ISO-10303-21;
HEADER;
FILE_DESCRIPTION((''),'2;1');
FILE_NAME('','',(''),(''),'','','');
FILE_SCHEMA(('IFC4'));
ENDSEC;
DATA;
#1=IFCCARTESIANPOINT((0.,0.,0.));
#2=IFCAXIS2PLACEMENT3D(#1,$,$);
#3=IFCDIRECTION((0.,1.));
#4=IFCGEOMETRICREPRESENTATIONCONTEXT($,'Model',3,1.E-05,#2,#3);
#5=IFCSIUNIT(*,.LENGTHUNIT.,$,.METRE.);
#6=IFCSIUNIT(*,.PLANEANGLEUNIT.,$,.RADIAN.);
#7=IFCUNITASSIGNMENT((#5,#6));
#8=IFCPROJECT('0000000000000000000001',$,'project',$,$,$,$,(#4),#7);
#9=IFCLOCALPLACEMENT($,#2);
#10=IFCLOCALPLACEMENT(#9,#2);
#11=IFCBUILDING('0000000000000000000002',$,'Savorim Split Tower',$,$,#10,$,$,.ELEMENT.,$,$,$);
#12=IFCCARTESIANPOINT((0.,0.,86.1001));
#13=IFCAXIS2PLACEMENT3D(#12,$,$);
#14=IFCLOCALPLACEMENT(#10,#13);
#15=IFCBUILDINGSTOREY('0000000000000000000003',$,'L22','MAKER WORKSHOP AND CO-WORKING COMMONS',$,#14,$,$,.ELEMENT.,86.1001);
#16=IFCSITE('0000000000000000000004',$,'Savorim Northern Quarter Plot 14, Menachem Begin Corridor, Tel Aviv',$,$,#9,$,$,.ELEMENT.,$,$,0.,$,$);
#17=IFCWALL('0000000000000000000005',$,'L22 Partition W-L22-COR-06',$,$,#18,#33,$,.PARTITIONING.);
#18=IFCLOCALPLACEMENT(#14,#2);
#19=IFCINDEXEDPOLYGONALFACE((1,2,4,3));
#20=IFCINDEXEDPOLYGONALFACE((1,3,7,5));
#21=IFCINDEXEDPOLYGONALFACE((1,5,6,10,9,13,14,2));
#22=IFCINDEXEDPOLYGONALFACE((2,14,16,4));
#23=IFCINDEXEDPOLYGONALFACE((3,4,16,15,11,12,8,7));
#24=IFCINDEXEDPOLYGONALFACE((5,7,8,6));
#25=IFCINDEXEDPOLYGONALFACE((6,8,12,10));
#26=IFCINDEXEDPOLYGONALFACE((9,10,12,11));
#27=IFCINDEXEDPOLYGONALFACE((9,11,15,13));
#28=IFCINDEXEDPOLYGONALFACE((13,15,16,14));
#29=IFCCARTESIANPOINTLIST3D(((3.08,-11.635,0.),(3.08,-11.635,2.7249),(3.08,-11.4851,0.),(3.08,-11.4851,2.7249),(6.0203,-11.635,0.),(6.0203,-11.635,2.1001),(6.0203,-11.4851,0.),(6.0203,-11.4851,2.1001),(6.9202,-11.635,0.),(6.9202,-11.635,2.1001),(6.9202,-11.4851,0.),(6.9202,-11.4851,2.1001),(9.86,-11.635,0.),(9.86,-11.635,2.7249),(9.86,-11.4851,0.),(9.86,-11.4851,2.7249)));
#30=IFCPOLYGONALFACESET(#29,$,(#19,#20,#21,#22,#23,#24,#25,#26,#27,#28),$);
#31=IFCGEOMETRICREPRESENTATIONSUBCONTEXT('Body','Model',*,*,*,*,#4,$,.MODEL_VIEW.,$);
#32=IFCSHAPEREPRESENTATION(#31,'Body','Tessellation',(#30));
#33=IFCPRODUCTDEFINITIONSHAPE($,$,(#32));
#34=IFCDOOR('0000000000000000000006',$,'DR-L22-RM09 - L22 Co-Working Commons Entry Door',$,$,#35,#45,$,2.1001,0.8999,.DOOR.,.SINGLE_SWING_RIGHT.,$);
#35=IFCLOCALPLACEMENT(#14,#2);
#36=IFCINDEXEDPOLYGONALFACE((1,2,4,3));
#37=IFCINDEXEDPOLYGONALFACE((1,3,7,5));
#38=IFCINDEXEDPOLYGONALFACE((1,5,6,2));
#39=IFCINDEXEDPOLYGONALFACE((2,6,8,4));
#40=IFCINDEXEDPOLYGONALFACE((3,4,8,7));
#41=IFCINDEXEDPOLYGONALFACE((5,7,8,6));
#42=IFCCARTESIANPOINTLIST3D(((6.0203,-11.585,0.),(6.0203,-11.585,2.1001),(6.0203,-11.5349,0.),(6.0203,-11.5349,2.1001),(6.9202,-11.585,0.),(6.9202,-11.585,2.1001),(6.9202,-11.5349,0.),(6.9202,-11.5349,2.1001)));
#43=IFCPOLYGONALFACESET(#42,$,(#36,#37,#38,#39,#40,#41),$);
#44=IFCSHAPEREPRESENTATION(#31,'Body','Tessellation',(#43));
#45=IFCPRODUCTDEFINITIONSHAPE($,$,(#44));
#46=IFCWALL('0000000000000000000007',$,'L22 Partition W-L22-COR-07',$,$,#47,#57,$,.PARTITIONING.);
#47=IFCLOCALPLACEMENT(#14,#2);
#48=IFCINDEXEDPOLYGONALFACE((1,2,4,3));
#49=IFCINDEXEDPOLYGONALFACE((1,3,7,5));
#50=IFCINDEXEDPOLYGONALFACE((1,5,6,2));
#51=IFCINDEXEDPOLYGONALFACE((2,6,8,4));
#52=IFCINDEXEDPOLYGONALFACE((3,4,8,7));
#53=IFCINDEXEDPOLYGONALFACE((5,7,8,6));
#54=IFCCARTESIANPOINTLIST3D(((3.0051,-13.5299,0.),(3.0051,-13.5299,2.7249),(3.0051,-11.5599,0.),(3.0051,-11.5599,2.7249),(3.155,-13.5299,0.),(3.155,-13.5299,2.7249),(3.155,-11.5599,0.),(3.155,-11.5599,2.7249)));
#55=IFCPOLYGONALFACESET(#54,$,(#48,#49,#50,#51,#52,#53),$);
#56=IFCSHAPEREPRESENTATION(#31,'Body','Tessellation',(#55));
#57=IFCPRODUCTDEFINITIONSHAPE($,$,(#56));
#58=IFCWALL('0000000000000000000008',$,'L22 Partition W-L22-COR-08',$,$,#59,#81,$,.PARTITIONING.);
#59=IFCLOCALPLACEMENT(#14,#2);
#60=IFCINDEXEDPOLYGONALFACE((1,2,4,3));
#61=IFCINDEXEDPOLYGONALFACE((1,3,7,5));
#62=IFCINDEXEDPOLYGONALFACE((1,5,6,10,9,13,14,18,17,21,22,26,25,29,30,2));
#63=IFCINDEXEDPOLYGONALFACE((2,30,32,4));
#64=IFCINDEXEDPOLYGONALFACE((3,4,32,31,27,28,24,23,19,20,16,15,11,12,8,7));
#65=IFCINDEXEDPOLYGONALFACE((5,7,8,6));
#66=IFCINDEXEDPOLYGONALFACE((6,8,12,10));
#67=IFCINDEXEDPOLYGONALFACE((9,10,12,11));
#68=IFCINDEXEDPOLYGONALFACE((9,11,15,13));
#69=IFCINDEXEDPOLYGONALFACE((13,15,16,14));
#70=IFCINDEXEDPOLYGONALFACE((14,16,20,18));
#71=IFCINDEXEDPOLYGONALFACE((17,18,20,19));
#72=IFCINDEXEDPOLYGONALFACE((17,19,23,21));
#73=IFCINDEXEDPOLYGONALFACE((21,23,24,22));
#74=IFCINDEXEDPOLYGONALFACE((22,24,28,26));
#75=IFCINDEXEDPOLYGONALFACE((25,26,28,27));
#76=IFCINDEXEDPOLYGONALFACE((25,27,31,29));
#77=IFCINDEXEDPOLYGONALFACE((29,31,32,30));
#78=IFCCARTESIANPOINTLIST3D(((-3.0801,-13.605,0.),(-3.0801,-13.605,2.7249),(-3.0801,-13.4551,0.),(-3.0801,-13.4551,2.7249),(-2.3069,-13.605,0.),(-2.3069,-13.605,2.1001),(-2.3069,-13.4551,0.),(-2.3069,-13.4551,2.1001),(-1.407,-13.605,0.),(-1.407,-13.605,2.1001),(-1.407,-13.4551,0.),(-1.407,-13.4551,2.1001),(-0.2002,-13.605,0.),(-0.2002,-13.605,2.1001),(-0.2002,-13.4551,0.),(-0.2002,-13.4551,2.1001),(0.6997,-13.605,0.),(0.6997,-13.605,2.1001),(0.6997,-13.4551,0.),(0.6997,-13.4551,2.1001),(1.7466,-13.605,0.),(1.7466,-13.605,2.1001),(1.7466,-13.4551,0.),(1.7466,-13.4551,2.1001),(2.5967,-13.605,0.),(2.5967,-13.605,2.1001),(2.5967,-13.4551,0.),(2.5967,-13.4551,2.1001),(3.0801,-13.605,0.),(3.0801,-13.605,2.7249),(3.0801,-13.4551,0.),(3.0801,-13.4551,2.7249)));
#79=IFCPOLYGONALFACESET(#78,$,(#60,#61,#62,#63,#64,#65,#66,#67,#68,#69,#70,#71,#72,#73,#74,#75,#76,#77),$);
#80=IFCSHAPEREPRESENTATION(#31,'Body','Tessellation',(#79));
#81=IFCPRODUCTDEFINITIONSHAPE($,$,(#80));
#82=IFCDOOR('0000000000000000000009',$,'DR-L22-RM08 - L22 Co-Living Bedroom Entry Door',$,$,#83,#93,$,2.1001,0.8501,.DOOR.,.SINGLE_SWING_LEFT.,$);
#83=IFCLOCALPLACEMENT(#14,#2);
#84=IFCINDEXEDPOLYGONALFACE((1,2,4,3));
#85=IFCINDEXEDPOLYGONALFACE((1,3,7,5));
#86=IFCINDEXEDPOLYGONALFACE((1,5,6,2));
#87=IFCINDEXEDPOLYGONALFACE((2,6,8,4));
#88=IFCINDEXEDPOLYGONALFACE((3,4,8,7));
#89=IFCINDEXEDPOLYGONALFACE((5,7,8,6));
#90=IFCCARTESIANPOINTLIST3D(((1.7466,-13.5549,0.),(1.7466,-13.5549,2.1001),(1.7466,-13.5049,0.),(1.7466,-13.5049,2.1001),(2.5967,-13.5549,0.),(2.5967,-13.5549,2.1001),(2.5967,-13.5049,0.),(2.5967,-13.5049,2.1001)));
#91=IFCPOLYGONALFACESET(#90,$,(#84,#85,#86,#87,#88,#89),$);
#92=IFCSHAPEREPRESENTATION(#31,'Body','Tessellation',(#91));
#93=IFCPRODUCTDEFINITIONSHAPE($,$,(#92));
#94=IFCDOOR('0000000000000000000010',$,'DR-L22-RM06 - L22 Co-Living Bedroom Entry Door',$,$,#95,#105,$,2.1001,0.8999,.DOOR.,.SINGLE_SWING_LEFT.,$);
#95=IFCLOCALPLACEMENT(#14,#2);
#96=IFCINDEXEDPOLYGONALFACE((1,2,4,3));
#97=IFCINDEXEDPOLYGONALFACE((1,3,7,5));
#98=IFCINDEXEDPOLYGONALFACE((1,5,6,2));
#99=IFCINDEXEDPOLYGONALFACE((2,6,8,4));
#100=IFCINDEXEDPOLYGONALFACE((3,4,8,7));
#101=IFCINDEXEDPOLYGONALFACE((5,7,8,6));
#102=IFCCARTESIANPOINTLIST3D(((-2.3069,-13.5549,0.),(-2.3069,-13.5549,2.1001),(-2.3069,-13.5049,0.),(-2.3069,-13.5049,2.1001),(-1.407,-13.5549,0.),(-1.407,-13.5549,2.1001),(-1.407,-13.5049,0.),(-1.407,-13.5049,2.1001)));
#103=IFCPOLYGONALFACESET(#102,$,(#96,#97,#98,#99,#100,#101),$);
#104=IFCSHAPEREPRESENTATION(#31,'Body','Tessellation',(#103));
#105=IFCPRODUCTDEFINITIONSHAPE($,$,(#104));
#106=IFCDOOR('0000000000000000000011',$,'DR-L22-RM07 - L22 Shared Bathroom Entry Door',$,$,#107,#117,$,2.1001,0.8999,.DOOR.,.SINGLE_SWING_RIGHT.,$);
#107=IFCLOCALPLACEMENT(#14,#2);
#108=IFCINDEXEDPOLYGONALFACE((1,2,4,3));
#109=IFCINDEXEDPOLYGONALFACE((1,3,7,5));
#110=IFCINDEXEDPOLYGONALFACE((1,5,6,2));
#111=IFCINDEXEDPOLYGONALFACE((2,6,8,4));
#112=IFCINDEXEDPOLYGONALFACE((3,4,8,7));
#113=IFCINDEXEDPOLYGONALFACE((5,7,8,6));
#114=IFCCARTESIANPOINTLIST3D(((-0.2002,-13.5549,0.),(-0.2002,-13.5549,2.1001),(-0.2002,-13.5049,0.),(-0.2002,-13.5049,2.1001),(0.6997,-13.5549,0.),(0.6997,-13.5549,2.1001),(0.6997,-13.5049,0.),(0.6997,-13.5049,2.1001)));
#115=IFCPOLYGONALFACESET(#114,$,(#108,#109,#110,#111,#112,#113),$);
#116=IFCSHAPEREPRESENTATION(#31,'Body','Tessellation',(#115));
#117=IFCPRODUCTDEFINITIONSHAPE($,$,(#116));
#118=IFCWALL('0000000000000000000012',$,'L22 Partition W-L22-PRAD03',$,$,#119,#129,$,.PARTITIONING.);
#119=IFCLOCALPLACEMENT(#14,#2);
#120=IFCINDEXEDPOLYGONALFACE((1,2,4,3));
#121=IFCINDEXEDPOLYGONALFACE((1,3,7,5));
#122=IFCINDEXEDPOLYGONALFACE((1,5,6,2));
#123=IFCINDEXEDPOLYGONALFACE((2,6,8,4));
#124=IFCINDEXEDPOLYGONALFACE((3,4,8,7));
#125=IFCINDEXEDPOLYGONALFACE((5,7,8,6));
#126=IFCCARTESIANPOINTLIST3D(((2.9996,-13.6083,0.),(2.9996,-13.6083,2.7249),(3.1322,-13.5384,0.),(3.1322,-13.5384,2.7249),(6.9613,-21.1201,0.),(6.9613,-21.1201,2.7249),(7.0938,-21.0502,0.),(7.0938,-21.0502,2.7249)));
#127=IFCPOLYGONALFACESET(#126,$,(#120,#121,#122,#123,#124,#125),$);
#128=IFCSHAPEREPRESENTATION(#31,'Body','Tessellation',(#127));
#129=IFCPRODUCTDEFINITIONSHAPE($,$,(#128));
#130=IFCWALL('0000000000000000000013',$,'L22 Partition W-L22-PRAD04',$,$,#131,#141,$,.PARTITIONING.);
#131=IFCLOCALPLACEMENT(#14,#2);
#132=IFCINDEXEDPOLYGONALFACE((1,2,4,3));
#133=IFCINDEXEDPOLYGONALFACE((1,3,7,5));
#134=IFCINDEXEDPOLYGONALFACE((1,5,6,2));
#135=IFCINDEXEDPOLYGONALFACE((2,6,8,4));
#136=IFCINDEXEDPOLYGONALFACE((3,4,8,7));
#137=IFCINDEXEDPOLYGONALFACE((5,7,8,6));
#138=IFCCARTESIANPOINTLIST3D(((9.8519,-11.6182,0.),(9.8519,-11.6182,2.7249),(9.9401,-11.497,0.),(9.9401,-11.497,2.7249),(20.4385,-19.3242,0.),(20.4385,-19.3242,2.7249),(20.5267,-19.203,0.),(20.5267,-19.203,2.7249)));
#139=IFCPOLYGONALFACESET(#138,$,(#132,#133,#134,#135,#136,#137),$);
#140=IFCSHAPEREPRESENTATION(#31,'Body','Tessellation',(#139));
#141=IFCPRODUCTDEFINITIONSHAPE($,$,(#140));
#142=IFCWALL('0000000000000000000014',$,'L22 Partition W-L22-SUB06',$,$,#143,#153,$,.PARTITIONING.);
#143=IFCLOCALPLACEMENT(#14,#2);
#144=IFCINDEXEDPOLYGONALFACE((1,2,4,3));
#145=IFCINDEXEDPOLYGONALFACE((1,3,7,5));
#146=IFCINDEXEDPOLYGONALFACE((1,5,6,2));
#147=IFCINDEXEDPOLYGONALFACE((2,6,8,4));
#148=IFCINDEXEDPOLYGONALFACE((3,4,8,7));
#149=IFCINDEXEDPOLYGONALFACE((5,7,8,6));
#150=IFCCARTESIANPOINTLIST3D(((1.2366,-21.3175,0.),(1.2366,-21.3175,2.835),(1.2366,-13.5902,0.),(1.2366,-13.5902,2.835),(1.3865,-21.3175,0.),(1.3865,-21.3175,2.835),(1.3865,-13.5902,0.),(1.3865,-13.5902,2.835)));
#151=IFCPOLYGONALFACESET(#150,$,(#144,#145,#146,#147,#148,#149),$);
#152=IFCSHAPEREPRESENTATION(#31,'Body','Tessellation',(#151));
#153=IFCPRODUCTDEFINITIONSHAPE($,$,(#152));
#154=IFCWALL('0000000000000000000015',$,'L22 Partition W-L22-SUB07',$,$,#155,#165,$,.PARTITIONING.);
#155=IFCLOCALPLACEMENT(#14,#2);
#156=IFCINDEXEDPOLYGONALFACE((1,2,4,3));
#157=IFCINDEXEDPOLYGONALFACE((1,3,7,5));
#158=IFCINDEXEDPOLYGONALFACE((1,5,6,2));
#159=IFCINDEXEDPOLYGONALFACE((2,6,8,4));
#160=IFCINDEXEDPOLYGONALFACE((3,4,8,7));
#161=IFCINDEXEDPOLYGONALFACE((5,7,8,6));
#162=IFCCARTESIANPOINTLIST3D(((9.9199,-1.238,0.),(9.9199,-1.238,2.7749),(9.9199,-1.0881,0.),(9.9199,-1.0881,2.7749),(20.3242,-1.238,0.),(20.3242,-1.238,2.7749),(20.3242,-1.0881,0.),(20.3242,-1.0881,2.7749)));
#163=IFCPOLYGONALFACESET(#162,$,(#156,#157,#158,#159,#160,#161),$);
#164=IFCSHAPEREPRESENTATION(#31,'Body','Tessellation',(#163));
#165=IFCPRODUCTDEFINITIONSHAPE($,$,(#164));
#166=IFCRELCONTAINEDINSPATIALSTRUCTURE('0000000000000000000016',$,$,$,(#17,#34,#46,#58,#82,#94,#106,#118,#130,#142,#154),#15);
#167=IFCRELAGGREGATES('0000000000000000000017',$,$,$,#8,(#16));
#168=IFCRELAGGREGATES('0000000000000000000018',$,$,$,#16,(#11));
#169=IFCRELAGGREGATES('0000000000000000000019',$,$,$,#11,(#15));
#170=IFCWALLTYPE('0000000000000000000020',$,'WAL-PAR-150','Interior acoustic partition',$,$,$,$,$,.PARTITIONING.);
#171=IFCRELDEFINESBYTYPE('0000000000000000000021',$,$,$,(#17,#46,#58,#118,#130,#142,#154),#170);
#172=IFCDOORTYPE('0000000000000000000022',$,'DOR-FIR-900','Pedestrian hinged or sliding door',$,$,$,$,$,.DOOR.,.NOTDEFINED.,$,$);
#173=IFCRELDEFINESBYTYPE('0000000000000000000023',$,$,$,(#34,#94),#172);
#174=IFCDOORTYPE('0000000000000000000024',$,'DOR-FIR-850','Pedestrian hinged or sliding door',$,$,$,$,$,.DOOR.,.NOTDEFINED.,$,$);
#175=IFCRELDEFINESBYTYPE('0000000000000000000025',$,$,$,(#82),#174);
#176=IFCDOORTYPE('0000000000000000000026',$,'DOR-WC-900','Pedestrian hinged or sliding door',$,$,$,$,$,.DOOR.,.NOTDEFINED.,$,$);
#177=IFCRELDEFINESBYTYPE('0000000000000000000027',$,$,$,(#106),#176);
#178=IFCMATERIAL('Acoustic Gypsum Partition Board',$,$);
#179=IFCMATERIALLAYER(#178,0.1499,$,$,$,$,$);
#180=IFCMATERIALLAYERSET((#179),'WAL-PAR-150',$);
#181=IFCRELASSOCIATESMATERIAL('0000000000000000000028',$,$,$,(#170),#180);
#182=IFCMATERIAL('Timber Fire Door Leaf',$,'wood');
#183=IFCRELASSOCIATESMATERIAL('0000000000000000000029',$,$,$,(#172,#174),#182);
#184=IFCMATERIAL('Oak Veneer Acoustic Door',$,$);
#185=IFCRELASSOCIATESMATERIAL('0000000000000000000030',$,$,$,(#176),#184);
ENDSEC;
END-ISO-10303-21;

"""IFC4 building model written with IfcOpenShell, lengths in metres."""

from ifc_helpers import new_model, si_unit, direction, frame, frame_2d, origin, place, context, subcontext, project, spatial, rectangle, extrude, material, layer, layer_set, type_object, element, fill, save


model = new_model("IFC4")

# Units and contexts
model_context = context("Model", 3, precision=1e-05, world=origin(), true_north=direction((0.0, 1.0)))
body_context = subcontext(model_context, "Body", "Model", "MODEL_VIEW")
ifc_project = project(units=[si_unit("LENGTHUNIT", "METRE"), si_unit("PLANEANGLEUNIT", "RADIAN")], contexts=[model_context])

# Site, building, storey
site_placement = place(None, origin())
site = spatial("IfcSite", under=ifc_project, at=site_placement, Name="Savorim Northern Quarter Plot 14, Menachem Begin Corridor, Tel Aviv", CompositionType="ELEMENT", RefElevation=0.0)
building_placement = place(site_placement, origin())
building = spatial("IfcBuilding", under=site, at=building_placement, Name="Savorim Split Tower", CompositionType="ELEMENT")
storey_placement = place(building_placement, frame((0.0, 0.0, 86.1001)))
storey = spatial("IfcBuildingStorey", under=building, at=storey_placement, Name="L22", Description="MAKER WORKSHOP AND CO-WORKING COMMONS", CompositionType="ELEMENT", Elevation=86.1001)

# Shared definitions
ifc_material_1 = material(Name="Acoustic Gypsum Partition Board")
ifc_layer_1 = layer(ifc_material_1, 0.1499)
ifc_layer_set_1 = layer_set([ifc_layer_1], Name="WAL-PAR-150")
wall_type_1 = type_object("IfcWallType", Name="WAL-PAR-150", Description="Interior acoustic partition", PredefinedType="PARTITIONING", material=ifc_layer_set_1)

# Wall, opening, door
ifc_material_2 = material(Name="Timber Fire Door Leaf", Category="wood")
door_type_1 = type_object("IfcDoorType", Name="DOR-FIR-900", Description="Pedestrian hinged or sliding door", OperationType="NOTDEFINED", PredefinedType="DOOR", material=ifc_material_2)
wall_1_placement = place(storey_placement, frame((9.8601, -11.5601, 0.0), z_axis=(0.0, 0.0, 1.0), x_axis=(-1.0, 0.0, 0.0)))
wall_1 = element("IfcWall", 1, at=wall_1_placement, inside=storey, type_object=wall_type_1, Name="L22 Partition W-L22-COR-06", PredefinedType="PARTITIONING", context=body_context, shape_type="SweptSolid", body=[
    extrude(rectangle(XDim=6.78, YDim=0.1499, at=frame_2d((3.3901, 0.0))), origin(), (0.0, 0.0, 1.0), 2.7249),
])
opening_1_placement = place(wall_1_placement, frame((2.9399, 0.0, 0.0)))
opening_1 = element("IfcOpeningElement", 2, at=opening_1_placement, cuts=wall_1, PredefinedType="OPENING", context=body_context, shape_type="SweptSolid", body=[
    extrude(rectangle(XDim=0.8999, YDim=2.1001, at=frame_2d((0.45, 1.05))), frame((0.0, 0.085, 0.0), z_axis=(0.0, -1.0, 0.0), x_axis=(1.0, 0.0, 0.0)), (0.0, 0.0, 1.0), 0.1699),
])
door_1_placement = place(opening_1_placement, origin())
door_1 = element("IfcDoor", 3, at=door_1_placement, inside=storey, type_object=door_type_1, Name="DR-L22-RM09 - L22 Co-Working Commons Entry Door", OperationType="SINGLE_SWING_RIGHT", OverallHeight=2.1001, OverallWidth=0.8999, PredefinedType="DOOR", context=body_context, shape_type="SweptSolid", body=[
    extrude(rectangle(XDim=0.8999, YDim=2.1001, at=frame_2d((0.45, 1.05))), frame((0.0, 0.0249, 0.0), z_axis=(0.0, -1.0, 0.0), x_axis=(1.0, 0.0, 0.0)), (0.0, 0.0, 1.0), 0.05),
])
fill(opening_1, door_1)

# Wall
wall_2_placement = place(storey_placement, frame((3.0801, -11.5601, 0.0), z_axis=(0.0, 0.0, 1.0), x_axis=(0.0, -1.0, 0.0)))
element("IfcWall", 4, at=wall_2_placement, inside=storey, type_object=wall_type_1, Name="L22 Partition W-L22-COR-07", PredefinedType="PARTITIONING", context=body_context, shape_type="SweptSolid", body=[
    extrude(rectangle(XDim=1.97, YDim=0.1499, at=frame_2d((0.9849, 0.0))), origin(), (0.0, 0.0, 1.0), 2.7249),
])

# Wall, openings, doors
wall_3_placement = place(storey_placement, frame((3.0801, -13.53, 0.0), z_axis=(0.0, 0.0, 1.0), x_axis=(-1.0, 0.0, 0.0)))
wall_3 = element("IfcWall", 5, at=wall_3_placement, inside=storey, type_object=wall_type_1, Name="L22 Partition W-L22-COR-08", PredefinedType="PARTITIONING", context=body_context, shape_type="SweptSolid", body=[
    extrude(rectangle(XDim=6.1602, YDim=0.1499, at=frame_2d((3.0801, 0.0))), origin(), (0.0, 0.0, 1.0), 2.7249),
])
opening_2_placement = place(wall_3_placement, frame((4.4871, 0.0, 0.0)))
opening_2 = element("IfcOpeningElement", 6, at=opening_2_placement, cuts=wall_3, PredefinedType="OPENING", context=body_context, shape_type="SweptSolid", body=[
    extrude(rectangle(XDim=0.8999, YDim=2.1001, at=frame_2d((0.45, 1.05))), frame((0.0, 0.085, 0.0), z_axis=(0.0, -1.0, 0.0), x_axis=(1.0, 0.0, 0.0)), (0.0, 0.0, 1.0), 0.1699),
])
opening_3_placement = place(wall_3_placement, frame((2.3804, 0.0, 0.0)))
opening_3 = element("IfcOpeningElement", 7, at=opening_3_placement, cuts=wall_3, PredefinedType="OPENING", context=body_context, shape_type="SweptSolid", body=[
    extrude(rectangle(XDim=0.8999, YDim=2.1001, at=frame_2d((0.45, 1.05))), frame((0.0, 0.085, 0.0), z_axis=(0.0, -1.0, 0.0), x_axis=(1.0, 0.0, 0.0)), (0.0, 0.0, 1.0), 0.1699),
])
opening_4_placement = place(wall_3_placement, frame((0.4834, 0.0, 0.0)))
opening_4 = element("IfcOpeningElement", 8, at=opening_4_placement, cuts=wall_3, PredefinedType="OPENING", context=body_context, shape_type="SweptSolid", body=[
    extrude(rectangle(XDim=0.8501, YDim=2.1001, at=frame_2d((0.425, 1.05))), frame((0.0, 0.085, 0.0), z_axis=(0.0, -1.0, 0.0), x_axis=(1.0, 0.0, 0.0)), (0.0, 0.0, 1.0), 0.1699),
])
door_type_2 = type_object("IfcDoorType", Name="DOR-FIR-850", Description="Pedestrian hinged or sliding door", OperationType="NOTDEFINED", PredefinedType="DOOR", material=ifc_material_2)
door_2_placement = place(opening_4_placement, origin())
door_2 = element("IfcDoor", 9, at=door_2_placement, inside=storey, type_object=door_type_2, Name="DR-L22-RM08 - L22 Co-Living Bedroom Entry Door", OperationType="SINGLE_SWING_LEFT", OverallHeight=2.1001, OverallWidth=0.8501, PredefinedType="DOOR", context=body_context, shape_type="SweptSolid", body=[
    extrude(rectangle(XDim=0.8501, YDim=2.1001, at=frame_2d((0.425, 1.05))), frame((0.0, 0.0249, 0.0), z_axis=(0.0, -1.0, 0.0), x_axis=(1.0, 0.0, 0.0)), (0.0, 0.0, 1.0), 0.05),
])
fill(opening_4, door_2)
door_3_placement = place(opening_2_placement, origin())
door_3 = element("IfcDoor", 10, at=door_3_placement, inside=storey, type_object=door_type_1, Name="DR-L22-RM06 - L22 Co-Living Bedroom Entry Door", OperationType="SINGLE_SWING_LEFT", OverallHeight=2.1001, OverallWidth=0.8999, PredefinedType="DOOR", context=body_context, shape_type="SweptSolid", body=[
    extrude(rectangle(XDim=0.8999, YDim=2.1001, at=frame_2d((0.45, 1.05))), frame((0.0, 0.0249, 0.0), z_axis=(0.0, -1.0, 0.0), x_axis=(1.0, 0.0, 0.0)), (0.0, 0.0, 1.0), 0.05),
])
fill(opening_2, door_3)
ifc_material_3 = material(Name="Oak Veneer Acoustic Door")
door_type_3 = type_object("IfcDoorType", Name="DOR-WC-900", Description="Pedestrian hinged or sliding door", OperationType="NOTDEFINED", PredefinedType="DOOR", material=ifc_material_3)
door_4_placement = place(opening_3_placement, origin())
door_4 = element("IfcDoor", 11, at=door_4_placement, inside=storey, type_object=door_type_3, Name="DR-L22-RM07 - L22 Shared Bathroom Entry Door", OperationType="SINGLE_SWING_RIGHT", OverallHeight=2.1001, OverallWidth=0.8999, PredefinedType="DOOR", context=body_context, shape_type="SweptSolid", body=[
    extrude(rectangle(XDim=0.8999, YDim=2.1001, at=frame_2d((0.45, 1.05))), frame((0.0, 0.0249, 0.0), z_axis=(0.0, -1.0, 0.0), x_axis=(1.0, 0.0, 0.0)), (0.0, 0.0, 1.0), 0.05),
])
fill(opening_3, door_4)

# Walls
wall_4_placement = place(storey_placement, frame((3.0659, -13.5735, 0.0), z_axis=(0.0, 0.0, 1.0), x_axis=(0.466496, -0.884523, 0.0)))
element("IfcWall", 12, at=wall_4_placement, inside=storey, type_object=wall_type_1, Name="L22 Partition W-L22-PRAD03", PredefinedType="PARTITIONING", context=body_context, shape_type="SweptSolid", body=[
    extrude(rectangle(XDim=8.4924, YDim=0.1499, at=frame_2d((4.2461, 0.0))), origin(), (0.0, 0.0, 1.0), 2.7249),
])
wall_5_placement = place(storey_placement, frame((9.896, -11.5576, 0.0), z_axis=(0.0, 0.0, 1.0), x_axis=(0.808494, -0.588504, 0.0)))
element("IfcWall", 13, at=wall_5_placement, inside=storey, type_object=wall_type_1, Name="L22 Partition W-L22-PRAD04", PredefinedType="PARTITIONING", context=body_context, shape_type="SweptSolid", body=[
    extrude(rectangle(XDim=13.0942, YDim=0.1499, at=frame_2d((6.5471, 0.0))), origin(), (0.0, 0.0, 1.0), 2.7249),
])
wall_6_placement = place(storey_placement, frame((1.3115, -13.5901, 0.0), z_axis=(0.0, 0.0, 1.0), x_axis=(0.0, -1.0, 0.0)))
element("IfcWall", 14, at=wall_6_placement, inside=storey, type_object=wall_type_1, Name="L22 Partition W-L22-SUB06", PredefinedType="PARTITIONING", context=body_context, shape_type="SweptSolid", body=[
    extrude(rectangle(XDim=7.7273, YDim=0.1499, at=frame_2d((3.8638, 0.0))), origin(), (0.0, 0.0, 1.0), 2.835),
])
wall_7_placement = place(storey_placement, frame((9.9199, -1.1631, 0.0), z_axis=(0.0, 0.0, 1.0), x_axis=(1.0, 0.0, 0.0)))
element("IfcWall", 15, at=wall_7_placement, inside=storey, type_object=wall_type_1, Name="L22 Partition W-L22-SUB07", PredefinedType="PARTITIONING", context=body_context, shape_type="SweptSolid", body=[
    extrude(rectangle(XDim=10.4043, YDim=0.1499, at=frame_2d((5.2021, 0.0))), origin(), (0.0, 0.0, 1.0), 2.7749),
])

save(model, "model.ifc")
